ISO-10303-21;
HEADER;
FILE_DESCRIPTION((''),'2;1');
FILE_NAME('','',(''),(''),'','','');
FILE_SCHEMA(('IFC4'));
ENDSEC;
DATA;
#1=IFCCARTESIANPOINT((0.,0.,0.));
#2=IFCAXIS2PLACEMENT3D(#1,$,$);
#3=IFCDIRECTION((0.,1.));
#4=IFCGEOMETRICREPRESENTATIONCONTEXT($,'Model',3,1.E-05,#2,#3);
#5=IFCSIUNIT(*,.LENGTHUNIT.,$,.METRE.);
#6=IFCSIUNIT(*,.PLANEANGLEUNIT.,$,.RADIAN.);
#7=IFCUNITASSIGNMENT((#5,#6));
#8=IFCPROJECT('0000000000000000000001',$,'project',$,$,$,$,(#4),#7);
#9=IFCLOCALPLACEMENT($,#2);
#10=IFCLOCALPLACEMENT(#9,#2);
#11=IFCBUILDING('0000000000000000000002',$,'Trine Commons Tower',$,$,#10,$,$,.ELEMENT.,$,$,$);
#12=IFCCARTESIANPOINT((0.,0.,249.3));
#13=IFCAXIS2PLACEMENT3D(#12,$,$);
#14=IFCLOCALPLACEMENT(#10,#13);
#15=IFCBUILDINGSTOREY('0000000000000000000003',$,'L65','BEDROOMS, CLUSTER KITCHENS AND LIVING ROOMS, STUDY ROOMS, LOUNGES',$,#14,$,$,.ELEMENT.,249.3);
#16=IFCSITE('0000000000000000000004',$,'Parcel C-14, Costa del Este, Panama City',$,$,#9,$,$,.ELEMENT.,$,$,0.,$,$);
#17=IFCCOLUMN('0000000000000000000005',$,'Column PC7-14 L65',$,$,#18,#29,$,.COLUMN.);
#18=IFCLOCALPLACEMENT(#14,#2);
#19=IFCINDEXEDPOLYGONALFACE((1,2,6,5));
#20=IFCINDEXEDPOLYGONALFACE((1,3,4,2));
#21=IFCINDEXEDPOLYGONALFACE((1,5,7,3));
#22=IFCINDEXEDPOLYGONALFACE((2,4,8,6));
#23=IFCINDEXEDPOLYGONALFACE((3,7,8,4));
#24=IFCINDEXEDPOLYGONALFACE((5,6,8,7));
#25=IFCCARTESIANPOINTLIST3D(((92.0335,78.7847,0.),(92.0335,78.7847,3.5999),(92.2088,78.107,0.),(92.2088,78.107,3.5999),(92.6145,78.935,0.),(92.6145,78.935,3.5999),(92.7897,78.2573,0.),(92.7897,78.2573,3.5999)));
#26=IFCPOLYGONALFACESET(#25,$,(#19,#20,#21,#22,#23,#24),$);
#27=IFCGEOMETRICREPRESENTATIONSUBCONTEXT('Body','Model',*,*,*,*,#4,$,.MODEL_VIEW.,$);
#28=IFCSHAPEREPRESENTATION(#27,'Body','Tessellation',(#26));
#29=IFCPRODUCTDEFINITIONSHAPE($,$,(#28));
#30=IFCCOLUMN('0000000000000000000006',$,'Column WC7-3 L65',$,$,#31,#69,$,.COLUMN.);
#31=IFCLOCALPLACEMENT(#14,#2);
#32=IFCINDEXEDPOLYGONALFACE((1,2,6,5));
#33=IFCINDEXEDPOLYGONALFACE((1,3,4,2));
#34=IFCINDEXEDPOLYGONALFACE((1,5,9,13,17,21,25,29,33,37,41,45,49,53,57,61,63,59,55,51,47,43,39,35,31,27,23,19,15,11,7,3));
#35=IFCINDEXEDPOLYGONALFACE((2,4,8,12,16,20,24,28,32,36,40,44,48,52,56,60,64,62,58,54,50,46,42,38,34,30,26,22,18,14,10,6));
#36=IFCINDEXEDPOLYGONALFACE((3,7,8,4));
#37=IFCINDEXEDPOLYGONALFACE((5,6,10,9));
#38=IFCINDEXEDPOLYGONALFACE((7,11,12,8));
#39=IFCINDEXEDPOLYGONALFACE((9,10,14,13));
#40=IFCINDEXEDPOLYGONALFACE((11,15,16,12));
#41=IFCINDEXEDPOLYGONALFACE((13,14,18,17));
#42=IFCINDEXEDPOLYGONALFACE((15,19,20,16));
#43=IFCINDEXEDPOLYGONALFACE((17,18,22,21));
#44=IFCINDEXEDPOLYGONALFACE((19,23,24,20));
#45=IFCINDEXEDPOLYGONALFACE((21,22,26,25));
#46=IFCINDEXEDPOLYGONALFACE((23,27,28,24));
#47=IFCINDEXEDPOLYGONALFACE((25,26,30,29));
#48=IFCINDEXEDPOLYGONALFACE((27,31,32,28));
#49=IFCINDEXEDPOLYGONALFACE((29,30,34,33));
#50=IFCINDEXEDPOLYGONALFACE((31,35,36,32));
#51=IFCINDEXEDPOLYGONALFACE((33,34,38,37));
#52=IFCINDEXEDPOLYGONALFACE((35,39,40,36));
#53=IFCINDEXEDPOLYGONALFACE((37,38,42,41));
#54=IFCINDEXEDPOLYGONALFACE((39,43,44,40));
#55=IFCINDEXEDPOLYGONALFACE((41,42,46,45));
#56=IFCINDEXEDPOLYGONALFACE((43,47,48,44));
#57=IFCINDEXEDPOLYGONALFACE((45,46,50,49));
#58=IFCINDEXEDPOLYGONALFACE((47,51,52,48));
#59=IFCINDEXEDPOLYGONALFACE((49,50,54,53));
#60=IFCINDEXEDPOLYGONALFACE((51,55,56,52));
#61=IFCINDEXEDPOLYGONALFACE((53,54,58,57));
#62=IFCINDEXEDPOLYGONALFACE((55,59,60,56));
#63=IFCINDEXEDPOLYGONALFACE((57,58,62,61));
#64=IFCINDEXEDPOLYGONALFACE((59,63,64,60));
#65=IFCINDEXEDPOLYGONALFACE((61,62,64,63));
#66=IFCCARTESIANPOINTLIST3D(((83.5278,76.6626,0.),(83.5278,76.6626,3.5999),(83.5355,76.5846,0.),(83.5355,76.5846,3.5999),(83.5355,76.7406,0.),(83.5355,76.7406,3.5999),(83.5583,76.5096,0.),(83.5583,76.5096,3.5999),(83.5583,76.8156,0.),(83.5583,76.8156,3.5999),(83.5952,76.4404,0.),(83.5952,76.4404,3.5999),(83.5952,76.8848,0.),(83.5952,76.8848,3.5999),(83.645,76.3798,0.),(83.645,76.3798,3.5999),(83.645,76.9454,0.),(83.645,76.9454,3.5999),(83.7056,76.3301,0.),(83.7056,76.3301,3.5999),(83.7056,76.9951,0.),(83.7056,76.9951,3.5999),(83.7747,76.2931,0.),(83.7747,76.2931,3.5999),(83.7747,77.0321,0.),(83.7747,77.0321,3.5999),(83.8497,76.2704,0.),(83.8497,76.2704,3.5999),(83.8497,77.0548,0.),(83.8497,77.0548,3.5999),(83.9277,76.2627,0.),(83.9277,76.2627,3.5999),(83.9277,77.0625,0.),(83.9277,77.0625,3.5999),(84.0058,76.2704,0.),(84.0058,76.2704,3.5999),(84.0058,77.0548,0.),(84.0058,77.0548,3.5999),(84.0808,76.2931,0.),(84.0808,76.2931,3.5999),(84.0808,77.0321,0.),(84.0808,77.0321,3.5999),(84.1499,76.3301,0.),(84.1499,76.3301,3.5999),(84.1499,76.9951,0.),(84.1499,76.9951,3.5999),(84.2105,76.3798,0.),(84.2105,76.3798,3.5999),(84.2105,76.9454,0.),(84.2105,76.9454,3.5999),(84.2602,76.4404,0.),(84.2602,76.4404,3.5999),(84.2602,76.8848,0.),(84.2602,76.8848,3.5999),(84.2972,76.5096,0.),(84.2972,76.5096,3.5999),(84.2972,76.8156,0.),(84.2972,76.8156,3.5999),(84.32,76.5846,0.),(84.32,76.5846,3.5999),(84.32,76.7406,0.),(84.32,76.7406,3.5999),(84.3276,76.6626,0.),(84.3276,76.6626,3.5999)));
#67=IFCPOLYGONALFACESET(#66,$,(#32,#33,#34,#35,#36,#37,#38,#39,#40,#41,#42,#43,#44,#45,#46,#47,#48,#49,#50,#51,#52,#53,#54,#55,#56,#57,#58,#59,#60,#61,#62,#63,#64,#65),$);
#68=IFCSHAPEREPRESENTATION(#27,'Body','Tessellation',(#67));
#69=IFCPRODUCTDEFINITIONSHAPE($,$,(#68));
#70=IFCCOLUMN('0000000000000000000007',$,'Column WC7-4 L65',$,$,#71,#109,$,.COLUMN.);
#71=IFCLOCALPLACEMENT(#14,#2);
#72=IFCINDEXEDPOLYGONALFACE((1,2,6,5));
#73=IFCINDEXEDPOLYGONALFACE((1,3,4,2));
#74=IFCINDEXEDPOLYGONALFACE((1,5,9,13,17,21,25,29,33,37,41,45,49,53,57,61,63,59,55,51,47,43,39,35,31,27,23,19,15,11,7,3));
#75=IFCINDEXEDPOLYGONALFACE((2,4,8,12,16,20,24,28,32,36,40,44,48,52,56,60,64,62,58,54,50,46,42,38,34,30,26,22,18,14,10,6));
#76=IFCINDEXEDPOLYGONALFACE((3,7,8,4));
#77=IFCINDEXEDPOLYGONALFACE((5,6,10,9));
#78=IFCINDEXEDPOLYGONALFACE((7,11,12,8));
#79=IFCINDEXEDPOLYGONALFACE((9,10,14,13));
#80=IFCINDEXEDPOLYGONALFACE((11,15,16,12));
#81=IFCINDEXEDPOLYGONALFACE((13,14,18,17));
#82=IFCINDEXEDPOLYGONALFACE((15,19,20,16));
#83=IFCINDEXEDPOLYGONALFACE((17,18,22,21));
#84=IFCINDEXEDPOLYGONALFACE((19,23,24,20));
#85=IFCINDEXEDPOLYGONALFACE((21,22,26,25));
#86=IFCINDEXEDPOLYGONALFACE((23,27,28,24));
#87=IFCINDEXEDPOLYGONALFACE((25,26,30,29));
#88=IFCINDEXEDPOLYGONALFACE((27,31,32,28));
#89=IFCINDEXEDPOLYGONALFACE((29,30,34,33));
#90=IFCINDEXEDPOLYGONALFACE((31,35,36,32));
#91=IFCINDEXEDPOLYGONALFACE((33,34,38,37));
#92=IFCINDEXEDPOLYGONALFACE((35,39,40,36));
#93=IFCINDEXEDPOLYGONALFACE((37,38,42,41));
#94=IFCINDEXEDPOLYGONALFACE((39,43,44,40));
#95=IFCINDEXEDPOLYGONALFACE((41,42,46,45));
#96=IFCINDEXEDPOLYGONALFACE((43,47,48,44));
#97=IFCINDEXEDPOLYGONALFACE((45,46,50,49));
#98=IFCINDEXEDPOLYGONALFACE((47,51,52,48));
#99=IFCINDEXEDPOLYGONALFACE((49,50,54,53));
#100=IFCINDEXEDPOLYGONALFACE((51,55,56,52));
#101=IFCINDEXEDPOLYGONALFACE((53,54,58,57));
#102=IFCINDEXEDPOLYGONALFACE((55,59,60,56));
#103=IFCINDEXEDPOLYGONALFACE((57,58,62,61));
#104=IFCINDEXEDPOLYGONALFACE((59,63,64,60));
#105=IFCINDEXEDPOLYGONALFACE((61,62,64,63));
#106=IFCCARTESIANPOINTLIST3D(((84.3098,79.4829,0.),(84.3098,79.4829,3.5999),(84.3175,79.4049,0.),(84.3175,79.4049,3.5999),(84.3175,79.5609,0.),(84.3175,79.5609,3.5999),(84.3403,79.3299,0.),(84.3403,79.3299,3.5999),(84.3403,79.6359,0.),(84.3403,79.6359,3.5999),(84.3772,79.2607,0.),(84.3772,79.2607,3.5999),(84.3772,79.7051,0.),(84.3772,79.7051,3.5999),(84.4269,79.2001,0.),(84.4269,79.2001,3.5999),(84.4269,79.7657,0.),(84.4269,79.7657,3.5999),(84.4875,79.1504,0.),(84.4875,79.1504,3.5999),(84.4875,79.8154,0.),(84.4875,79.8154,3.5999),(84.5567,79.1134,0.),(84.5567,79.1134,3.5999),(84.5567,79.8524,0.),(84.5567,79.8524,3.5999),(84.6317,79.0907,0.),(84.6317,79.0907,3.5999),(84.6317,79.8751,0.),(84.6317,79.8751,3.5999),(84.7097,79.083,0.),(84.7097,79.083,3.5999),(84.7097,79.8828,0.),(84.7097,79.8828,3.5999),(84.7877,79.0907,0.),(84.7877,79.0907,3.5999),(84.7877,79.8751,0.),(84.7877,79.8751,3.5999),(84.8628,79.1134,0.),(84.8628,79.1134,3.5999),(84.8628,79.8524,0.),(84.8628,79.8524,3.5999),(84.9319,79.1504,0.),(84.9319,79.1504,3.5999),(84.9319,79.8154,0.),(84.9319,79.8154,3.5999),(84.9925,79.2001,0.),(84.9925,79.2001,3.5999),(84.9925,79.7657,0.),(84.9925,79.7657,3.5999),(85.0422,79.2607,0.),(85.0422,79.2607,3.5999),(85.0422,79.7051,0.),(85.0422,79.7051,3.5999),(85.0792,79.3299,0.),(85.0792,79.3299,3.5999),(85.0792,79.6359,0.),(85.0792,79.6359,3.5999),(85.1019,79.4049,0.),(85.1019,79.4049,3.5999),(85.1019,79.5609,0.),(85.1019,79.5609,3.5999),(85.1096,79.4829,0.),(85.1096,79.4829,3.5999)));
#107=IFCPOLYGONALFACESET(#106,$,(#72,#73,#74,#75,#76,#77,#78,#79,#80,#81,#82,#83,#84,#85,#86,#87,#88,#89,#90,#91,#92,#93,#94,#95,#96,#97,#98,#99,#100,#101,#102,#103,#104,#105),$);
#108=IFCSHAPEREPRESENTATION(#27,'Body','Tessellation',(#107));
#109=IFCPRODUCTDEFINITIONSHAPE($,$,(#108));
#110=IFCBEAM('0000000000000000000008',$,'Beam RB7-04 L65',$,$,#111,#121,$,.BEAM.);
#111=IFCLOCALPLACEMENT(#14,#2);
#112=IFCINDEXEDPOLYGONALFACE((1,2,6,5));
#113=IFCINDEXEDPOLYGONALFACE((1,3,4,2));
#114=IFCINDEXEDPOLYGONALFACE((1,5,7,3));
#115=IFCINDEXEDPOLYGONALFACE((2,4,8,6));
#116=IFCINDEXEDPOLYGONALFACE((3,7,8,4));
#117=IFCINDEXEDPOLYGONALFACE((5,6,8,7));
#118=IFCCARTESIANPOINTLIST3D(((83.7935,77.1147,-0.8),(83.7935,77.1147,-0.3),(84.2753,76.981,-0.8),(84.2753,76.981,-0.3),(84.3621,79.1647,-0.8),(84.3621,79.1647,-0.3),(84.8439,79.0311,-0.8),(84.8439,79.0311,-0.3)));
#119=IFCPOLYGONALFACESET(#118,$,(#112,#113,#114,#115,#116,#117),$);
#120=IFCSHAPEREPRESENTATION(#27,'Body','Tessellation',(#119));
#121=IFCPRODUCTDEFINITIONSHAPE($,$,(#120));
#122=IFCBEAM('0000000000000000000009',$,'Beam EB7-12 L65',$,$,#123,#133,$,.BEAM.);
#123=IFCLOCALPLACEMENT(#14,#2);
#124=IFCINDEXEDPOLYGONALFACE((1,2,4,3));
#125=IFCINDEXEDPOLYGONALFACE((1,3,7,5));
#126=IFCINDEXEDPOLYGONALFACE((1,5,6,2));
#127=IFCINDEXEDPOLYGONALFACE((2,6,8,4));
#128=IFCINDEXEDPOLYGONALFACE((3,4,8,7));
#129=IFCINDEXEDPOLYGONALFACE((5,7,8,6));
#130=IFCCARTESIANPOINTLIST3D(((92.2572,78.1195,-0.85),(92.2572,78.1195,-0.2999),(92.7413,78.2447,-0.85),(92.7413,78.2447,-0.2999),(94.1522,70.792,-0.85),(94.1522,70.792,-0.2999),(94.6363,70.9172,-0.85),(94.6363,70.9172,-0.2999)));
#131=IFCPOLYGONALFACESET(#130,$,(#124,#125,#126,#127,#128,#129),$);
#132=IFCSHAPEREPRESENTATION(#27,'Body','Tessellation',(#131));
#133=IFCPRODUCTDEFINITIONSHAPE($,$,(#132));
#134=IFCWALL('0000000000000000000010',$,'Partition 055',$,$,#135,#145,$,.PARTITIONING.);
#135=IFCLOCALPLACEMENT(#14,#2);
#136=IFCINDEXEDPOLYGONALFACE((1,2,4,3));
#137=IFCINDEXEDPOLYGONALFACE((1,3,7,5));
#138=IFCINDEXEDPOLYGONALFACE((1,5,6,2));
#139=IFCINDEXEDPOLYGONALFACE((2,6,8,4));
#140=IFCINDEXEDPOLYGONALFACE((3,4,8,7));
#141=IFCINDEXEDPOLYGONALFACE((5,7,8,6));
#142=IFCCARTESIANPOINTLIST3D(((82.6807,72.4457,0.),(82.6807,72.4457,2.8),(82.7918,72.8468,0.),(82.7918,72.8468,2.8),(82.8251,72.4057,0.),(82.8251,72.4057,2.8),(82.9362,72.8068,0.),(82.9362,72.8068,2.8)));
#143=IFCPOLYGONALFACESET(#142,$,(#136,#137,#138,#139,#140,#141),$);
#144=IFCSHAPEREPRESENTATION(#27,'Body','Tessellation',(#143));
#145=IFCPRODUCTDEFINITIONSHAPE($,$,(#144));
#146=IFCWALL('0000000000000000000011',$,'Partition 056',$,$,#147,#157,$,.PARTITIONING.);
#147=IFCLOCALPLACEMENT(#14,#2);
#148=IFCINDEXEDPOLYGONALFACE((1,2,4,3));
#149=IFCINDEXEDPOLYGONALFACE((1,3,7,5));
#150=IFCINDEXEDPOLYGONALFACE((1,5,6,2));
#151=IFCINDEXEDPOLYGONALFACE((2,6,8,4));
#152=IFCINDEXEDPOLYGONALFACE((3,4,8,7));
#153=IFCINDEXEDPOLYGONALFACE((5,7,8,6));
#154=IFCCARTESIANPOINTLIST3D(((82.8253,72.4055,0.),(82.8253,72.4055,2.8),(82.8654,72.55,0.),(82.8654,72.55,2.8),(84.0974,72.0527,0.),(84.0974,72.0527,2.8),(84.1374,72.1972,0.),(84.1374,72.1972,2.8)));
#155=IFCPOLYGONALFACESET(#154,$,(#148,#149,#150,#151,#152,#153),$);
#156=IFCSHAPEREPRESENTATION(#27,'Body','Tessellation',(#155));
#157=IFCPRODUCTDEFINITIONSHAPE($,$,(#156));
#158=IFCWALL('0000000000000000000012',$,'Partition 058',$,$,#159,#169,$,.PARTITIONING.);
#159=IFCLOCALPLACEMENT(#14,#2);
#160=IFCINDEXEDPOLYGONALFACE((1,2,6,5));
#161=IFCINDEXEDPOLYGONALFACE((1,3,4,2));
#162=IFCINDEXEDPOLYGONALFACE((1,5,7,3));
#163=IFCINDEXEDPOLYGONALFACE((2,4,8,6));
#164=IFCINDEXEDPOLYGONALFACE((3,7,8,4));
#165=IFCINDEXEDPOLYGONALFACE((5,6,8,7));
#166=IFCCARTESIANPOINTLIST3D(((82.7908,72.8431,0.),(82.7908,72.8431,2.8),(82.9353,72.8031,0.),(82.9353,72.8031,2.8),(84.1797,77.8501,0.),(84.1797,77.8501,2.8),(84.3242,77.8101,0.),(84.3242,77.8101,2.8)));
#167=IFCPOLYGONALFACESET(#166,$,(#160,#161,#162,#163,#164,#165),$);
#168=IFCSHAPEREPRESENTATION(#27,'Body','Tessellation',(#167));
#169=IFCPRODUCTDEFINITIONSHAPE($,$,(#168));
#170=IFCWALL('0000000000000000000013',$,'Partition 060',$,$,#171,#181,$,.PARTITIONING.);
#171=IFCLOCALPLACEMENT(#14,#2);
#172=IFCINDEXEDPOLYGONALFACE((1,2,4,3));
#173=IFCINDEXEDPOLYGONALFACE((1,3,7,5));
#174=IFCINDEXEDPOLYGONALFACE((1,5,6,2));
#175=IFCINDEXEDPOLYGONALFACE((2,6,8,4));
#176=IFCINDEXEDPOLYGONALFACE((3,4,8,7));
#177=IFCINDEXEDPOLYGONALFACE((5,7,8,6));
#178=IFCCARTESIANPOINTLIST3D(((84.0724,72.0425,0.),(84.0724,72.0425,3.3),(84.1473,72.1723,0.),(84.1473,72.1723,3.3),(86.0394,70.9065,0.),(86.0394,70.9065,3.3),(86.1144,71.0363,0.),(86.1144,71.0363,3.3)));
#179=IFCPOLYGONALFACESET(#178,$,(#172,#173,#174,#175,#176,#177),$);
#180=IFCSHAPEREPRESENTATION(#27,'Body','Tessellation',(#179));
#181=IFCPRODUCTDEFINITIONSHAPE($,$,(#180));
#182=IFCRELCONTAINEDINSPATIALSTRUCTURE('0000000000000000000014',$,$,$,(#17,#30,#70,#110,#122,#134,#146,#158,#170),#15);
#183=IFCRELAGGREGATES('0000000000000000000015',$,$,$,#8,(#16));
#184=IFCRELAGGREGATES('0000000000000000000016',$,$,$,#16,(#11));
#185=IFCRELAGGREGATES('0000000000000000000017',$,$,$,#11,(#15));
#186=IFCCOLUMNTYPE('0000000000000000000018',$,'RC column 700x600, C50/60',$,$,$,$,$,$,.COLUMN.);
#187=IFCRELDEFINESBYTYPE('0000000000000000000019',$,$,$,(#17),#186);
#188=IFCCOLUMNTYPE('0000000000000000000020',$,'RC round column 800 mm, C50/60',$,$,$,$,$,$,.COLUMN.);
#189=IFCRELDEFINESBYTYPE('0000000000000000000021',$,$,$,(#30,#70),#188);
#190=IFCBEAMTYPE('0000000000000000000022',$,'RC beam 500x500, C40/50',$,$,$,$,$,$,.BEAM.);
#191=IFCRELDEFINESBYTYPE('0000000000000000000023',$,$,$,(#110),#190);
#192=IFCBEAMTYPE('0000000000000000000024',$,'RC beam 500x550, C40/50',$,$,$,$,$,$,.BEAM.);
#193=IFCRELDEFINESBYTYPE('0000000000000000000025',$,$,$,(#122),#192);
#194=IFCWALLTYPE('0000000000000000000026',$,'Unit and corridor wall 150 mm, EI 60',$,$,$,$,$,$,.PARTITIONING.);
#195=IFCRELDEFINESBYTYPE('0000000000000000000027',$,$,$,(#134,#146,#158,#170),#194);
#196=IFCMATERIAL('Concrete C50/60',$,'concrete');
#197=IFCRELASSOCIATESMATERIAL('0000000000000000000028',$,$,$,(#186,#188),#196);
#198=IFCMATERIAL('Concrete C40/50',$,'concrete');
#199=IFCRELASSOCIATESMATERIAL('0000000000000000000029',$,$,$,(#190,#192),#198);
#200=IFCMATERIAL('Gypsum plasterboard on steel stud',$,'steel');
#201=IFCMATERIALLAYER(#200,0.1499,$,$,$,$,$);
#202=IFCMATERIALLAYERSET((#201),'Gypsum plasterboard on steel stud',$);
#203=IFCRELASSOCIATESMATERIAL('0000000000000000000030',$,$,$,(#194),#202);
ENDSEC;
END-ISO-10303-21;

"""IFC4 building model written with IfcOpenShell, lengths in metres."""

from ifc_helpers import new_model, si_unit, direction, frame, frame_2d, origin, origin_2d, place, context, subcontext, project, spatial, rectangle, circle, extrude, material, layer, layer_set, material_profile, profile_set, type_object, element, save


model = new_model("IFC4")

# Units and contexts
model_context = context("Model", 3, precision=1e-05, world=origin(), true_north=direction((0.0, 1.0)))
body_context = subcontext(model_context, "Body", "Model", "MODEL_VIEW")
ifc_project = project(units=[si_unit("LENGTHUNIT", "METRE"), si_unit("PLANEANGLEUNIT", "RADIAN")], contexts=[model_context])

# Site, building, storey
site_placement = place(None, origin())
site = spatial("IfcSite", under=ifc_project, at=site_placement, Name="Parcel C-14, Costa del Este, Panama City", CompositionType="ELEMENT", RefElevation=0.0)
building_placement = place(site_placement, origin())
building = spatial("IfcBuilding", under=site, at=building_placement, Name="Trine Commons Tower", CompositionType="ELEMENT")
storey_placement = place(building_placement, frame((0.0, 0.0, 249.3)))
storey = spatial("IfcBuildingStorey", under=building, at=storey_placement, Name="L65", Description="BEDROOMS, CLUSTER KITCHENS AND LIVING ROOMS, STUDY ROOMS, LOUNGES", CompositionType="ELEMENT", Elevation=249.3)

# Columns
ifc_material_1 = material(Name="Concrete C50/60", Category="concrete")
ifc_material_profile_1 = material_profile(ifc_material_1, rectangle(XDim=0.7, YDim=0.6001, at=origin_2d()), Name="RC 700x600")
ifc_profile_set_1 = profile_set([ifc_material_profile_1], Name="Concrete C50/60")
column_type_1 = type_object("IfcColumnType", Name="RC column 700x600, C50/60", PredefinedType="COLUMN", material=ifc_profile_set_1)
column_placement = place(storey_placement, frame((92.4116, 78.521, 0.0), z_axis=(0.0, 0.0, 1.0), x_axis=(-0.25038, 0.968148, 0.0)))
element("IfcColumn", 1, at=column_placement, inside=storey, type_object=column_type_1, Name="Column PC7-14 L65", PredefinedType="COLUMN", context=body_context, shape_type="SweptSolid", body=[
    extrude(rectangle(XDim=0.7, YDim=0.6001, at=origin_2d()), origin(), (0.0, 0.0, 1.0), 3.5999),
])
ifc_material_profile_2 = material_profile(ifc_material_1, circle(Radius=0.3999, at=origin_2d()), Name="RC round 800")
ifc_profile_set_2 = profile_set([ifc_material_profile_2], Name="Concrete C50/60")
column_type_2 = type_object("IfcColumnType", Name="RC round column 800 mm, C50/60", PredefinedType="COLUMN", material=ifc_profile_set_2)
for number, where, z_axis, x_axis, name in (
    (2, (83.9277, 76.6626, 0.0), (0.0, 0.0, 1.0), (1.0, 0.0, 0.0), "Column WC7-3 L65"),
    (3, (84.7097, 79.4829, 0.0), (0.0, 0.0, 1.0), (1.0, 0.0, 0.0), "Column WC7-4 L65"),
):
    element("IfcColumn", number, at=place(storey_placement, frame(where, z_axis=z_axis, x_axis=x_axis)), inside=storey, type_object=column_type_2, Name=name, PredefinedType="COLUMN", context=body_context, shape_type="SweptSolid", body=[
        extrude(circle(Radius=0.3999, at=origin_2d()), origin(), (0.0, 0.0, 1.0), 3.5999),
    ])

# Beams
ifc_material_2 = material(Name="Concrete C40/50", Category="concrete")
ifc_material_profile_3 = material_profile(ifc_material_2, rectangle(XDim=0.5, YDim=0.5, at=origin_2d()), Name="RC 500x500")
ifc_profile_set_3 = profile_set([ifc_material_profile_3], Name="Concrete C40/50")
beam_type_1 = type_object("IfcBeamType", Name="RC beam 500x500, C40/50", PredefinedType="BEAM", material=ifc_profile_set_3)
beam_1_placement = place(storey_placement, frame((84.0344, 77.0479, -0.55), z_axis=(0.267271, 0.963621, 0.0), x_axis=(-0.963621, 0.267271, 0.0)))
element("IfcBeam", 4, at=beam_1_placement, inside=storey, type_object=beam_type_1, Name="Beam RB7-04 L65", PredefinedType="BEAM", context=body_context, shape_type="SweptSolid", body=[
    extrude(rectangle(XDim=0.5, YDim=0.5, at=origin_2d()), origin(), (0.0, 0.0, 1.0), 2.1274),
])
ifc_material_profile_4 = material_profile(ifc_material_2, rectangle(XDim=0.5, YDim=0.55, at=origin_2d()), Name="RC 500x550")
ifc_profile_set_4 = profile_set([ifc_material_profile_4], Name="Concrete C40/50")
beam_type_2 = type_object("IfcBeamType", Name="RC beam 500x550, C40/50", PredefinedType="BEAM", material=ifc_profile_set_4)
beam_2_placement = place(storey_placement, frame((92.4993, 78.1821, -0.575), z_axis=(0.250376, -0.968149, 0.0), x_axis=(0.968149, 0.250376, 0.0)))
element("IfcBeam", 5, at=beam_2_placement, inside=storey, type_object=beam_type_2, Name="Beam EB7-12 L65", PredefinedType="BEAM", context=body_context, shape_type="SweptSolid", body=[
    extrude(rectangle(XDim=0.5, YDim=0.55, at=origin_2d()), origin(), (0.0, 0.0, 1.0), 7.5686),
])

# Walls
ifc_material_3 = material(Name="Gypsum plasterboard on steel stud", Category="steel")
ifc_layer_1 = layer(ifc_material_3, 0.1499)
ifc_layer_set_1 = layer_set([ifc_layer_1], Name="Gypsum plasterboard on steel stud")
wall_type_1 = type_object("IfcWallType", Name="Unit and corridor wall 150 mm, EI 60", PredefinedType="PARTITIONING", material=ifc_layer_set_1)
wall_1_placement = place(storey_placement, frame((82.7529, 72.4258, 0.0), z_axis=(0.0, 0.0, 1.0), x_axis=(0.266887, 0.963728, 0.0)))
element("IfcWall", 6, at=wall_1_placement, inside=storey, type_object=wall_type_1, Name="Partition 055", PredefinedType="PARTITIONING", context=body_context, shape_type="SweptSolid", body=[
    extrude(rectangle(XDim=0.4163, YDim=0.1499, at=frame_2d((0.208, 0.0))), origin(), (0.0, 0.0, 1.0), 2.8),
])
wall_2_placement = place(storey_placement, frame((82.8452, 72.4778, 0.0), z_axis=(0.0, 0.0, 1.0), x_axis=(0.963624, -0.267262, 0.0)))
element("IfcWall", 7, at=wall_2_placement, inside=storey, type_object=wall_type_1, Name="Partition 056", PredefinedType="PARTITIONING", context=body_context, shape_type="SweptSolid", body=[
    extrude(rectangle(XDim=1.3201, YDim=0.1499, at=frame_2d((0.6602, 0.0))), origin(), (0.0, 0.0, 1.0), 2.8),
])
wall_3_placement = place(storey_placement, frame((82.863, 72.823, 0.0), z_axis=(0.0, 0.0, 1.0), x_axis=(0.267297, 0.963614, 0.0)))
element("IfcWall", 8, at=wall_3_placement, inside=storey, type_object=wall_type_1, Name="Partition 058", PredefinedType="PARTITIONING", context=body_context, shape_type="SweptSolid", body=[
    extrude(rectangle(XDim=5.196, YDim=0.1499, at=frame_2d((2.5981, 0.0))), origin(), (0.0, 0.0, 1.0), 2.8),
])
wall_4_placement = place(storey_placement, frame((84.1099, 72.1074, 0.0), z_axis=(0.0, 0.0, 1.0), x_axis=(0.865965, -0.500104, 0.0)))
element("IfcWall", 9, at=wall_4_placement, inside=storey, type_object=wall_type_1, Name="Partition 060", PredefinedType="PARTITIONING", context=body_context, shape_type="SweptSolid", body=[
    extrude(rectangle(XDim=2.2715, YDim=0.1499, at=frame_2d((1.1357, 0.0))), origin(), (0.0, 0.0, 1.0), 3.3),
])

save(model, "model.ifc")
